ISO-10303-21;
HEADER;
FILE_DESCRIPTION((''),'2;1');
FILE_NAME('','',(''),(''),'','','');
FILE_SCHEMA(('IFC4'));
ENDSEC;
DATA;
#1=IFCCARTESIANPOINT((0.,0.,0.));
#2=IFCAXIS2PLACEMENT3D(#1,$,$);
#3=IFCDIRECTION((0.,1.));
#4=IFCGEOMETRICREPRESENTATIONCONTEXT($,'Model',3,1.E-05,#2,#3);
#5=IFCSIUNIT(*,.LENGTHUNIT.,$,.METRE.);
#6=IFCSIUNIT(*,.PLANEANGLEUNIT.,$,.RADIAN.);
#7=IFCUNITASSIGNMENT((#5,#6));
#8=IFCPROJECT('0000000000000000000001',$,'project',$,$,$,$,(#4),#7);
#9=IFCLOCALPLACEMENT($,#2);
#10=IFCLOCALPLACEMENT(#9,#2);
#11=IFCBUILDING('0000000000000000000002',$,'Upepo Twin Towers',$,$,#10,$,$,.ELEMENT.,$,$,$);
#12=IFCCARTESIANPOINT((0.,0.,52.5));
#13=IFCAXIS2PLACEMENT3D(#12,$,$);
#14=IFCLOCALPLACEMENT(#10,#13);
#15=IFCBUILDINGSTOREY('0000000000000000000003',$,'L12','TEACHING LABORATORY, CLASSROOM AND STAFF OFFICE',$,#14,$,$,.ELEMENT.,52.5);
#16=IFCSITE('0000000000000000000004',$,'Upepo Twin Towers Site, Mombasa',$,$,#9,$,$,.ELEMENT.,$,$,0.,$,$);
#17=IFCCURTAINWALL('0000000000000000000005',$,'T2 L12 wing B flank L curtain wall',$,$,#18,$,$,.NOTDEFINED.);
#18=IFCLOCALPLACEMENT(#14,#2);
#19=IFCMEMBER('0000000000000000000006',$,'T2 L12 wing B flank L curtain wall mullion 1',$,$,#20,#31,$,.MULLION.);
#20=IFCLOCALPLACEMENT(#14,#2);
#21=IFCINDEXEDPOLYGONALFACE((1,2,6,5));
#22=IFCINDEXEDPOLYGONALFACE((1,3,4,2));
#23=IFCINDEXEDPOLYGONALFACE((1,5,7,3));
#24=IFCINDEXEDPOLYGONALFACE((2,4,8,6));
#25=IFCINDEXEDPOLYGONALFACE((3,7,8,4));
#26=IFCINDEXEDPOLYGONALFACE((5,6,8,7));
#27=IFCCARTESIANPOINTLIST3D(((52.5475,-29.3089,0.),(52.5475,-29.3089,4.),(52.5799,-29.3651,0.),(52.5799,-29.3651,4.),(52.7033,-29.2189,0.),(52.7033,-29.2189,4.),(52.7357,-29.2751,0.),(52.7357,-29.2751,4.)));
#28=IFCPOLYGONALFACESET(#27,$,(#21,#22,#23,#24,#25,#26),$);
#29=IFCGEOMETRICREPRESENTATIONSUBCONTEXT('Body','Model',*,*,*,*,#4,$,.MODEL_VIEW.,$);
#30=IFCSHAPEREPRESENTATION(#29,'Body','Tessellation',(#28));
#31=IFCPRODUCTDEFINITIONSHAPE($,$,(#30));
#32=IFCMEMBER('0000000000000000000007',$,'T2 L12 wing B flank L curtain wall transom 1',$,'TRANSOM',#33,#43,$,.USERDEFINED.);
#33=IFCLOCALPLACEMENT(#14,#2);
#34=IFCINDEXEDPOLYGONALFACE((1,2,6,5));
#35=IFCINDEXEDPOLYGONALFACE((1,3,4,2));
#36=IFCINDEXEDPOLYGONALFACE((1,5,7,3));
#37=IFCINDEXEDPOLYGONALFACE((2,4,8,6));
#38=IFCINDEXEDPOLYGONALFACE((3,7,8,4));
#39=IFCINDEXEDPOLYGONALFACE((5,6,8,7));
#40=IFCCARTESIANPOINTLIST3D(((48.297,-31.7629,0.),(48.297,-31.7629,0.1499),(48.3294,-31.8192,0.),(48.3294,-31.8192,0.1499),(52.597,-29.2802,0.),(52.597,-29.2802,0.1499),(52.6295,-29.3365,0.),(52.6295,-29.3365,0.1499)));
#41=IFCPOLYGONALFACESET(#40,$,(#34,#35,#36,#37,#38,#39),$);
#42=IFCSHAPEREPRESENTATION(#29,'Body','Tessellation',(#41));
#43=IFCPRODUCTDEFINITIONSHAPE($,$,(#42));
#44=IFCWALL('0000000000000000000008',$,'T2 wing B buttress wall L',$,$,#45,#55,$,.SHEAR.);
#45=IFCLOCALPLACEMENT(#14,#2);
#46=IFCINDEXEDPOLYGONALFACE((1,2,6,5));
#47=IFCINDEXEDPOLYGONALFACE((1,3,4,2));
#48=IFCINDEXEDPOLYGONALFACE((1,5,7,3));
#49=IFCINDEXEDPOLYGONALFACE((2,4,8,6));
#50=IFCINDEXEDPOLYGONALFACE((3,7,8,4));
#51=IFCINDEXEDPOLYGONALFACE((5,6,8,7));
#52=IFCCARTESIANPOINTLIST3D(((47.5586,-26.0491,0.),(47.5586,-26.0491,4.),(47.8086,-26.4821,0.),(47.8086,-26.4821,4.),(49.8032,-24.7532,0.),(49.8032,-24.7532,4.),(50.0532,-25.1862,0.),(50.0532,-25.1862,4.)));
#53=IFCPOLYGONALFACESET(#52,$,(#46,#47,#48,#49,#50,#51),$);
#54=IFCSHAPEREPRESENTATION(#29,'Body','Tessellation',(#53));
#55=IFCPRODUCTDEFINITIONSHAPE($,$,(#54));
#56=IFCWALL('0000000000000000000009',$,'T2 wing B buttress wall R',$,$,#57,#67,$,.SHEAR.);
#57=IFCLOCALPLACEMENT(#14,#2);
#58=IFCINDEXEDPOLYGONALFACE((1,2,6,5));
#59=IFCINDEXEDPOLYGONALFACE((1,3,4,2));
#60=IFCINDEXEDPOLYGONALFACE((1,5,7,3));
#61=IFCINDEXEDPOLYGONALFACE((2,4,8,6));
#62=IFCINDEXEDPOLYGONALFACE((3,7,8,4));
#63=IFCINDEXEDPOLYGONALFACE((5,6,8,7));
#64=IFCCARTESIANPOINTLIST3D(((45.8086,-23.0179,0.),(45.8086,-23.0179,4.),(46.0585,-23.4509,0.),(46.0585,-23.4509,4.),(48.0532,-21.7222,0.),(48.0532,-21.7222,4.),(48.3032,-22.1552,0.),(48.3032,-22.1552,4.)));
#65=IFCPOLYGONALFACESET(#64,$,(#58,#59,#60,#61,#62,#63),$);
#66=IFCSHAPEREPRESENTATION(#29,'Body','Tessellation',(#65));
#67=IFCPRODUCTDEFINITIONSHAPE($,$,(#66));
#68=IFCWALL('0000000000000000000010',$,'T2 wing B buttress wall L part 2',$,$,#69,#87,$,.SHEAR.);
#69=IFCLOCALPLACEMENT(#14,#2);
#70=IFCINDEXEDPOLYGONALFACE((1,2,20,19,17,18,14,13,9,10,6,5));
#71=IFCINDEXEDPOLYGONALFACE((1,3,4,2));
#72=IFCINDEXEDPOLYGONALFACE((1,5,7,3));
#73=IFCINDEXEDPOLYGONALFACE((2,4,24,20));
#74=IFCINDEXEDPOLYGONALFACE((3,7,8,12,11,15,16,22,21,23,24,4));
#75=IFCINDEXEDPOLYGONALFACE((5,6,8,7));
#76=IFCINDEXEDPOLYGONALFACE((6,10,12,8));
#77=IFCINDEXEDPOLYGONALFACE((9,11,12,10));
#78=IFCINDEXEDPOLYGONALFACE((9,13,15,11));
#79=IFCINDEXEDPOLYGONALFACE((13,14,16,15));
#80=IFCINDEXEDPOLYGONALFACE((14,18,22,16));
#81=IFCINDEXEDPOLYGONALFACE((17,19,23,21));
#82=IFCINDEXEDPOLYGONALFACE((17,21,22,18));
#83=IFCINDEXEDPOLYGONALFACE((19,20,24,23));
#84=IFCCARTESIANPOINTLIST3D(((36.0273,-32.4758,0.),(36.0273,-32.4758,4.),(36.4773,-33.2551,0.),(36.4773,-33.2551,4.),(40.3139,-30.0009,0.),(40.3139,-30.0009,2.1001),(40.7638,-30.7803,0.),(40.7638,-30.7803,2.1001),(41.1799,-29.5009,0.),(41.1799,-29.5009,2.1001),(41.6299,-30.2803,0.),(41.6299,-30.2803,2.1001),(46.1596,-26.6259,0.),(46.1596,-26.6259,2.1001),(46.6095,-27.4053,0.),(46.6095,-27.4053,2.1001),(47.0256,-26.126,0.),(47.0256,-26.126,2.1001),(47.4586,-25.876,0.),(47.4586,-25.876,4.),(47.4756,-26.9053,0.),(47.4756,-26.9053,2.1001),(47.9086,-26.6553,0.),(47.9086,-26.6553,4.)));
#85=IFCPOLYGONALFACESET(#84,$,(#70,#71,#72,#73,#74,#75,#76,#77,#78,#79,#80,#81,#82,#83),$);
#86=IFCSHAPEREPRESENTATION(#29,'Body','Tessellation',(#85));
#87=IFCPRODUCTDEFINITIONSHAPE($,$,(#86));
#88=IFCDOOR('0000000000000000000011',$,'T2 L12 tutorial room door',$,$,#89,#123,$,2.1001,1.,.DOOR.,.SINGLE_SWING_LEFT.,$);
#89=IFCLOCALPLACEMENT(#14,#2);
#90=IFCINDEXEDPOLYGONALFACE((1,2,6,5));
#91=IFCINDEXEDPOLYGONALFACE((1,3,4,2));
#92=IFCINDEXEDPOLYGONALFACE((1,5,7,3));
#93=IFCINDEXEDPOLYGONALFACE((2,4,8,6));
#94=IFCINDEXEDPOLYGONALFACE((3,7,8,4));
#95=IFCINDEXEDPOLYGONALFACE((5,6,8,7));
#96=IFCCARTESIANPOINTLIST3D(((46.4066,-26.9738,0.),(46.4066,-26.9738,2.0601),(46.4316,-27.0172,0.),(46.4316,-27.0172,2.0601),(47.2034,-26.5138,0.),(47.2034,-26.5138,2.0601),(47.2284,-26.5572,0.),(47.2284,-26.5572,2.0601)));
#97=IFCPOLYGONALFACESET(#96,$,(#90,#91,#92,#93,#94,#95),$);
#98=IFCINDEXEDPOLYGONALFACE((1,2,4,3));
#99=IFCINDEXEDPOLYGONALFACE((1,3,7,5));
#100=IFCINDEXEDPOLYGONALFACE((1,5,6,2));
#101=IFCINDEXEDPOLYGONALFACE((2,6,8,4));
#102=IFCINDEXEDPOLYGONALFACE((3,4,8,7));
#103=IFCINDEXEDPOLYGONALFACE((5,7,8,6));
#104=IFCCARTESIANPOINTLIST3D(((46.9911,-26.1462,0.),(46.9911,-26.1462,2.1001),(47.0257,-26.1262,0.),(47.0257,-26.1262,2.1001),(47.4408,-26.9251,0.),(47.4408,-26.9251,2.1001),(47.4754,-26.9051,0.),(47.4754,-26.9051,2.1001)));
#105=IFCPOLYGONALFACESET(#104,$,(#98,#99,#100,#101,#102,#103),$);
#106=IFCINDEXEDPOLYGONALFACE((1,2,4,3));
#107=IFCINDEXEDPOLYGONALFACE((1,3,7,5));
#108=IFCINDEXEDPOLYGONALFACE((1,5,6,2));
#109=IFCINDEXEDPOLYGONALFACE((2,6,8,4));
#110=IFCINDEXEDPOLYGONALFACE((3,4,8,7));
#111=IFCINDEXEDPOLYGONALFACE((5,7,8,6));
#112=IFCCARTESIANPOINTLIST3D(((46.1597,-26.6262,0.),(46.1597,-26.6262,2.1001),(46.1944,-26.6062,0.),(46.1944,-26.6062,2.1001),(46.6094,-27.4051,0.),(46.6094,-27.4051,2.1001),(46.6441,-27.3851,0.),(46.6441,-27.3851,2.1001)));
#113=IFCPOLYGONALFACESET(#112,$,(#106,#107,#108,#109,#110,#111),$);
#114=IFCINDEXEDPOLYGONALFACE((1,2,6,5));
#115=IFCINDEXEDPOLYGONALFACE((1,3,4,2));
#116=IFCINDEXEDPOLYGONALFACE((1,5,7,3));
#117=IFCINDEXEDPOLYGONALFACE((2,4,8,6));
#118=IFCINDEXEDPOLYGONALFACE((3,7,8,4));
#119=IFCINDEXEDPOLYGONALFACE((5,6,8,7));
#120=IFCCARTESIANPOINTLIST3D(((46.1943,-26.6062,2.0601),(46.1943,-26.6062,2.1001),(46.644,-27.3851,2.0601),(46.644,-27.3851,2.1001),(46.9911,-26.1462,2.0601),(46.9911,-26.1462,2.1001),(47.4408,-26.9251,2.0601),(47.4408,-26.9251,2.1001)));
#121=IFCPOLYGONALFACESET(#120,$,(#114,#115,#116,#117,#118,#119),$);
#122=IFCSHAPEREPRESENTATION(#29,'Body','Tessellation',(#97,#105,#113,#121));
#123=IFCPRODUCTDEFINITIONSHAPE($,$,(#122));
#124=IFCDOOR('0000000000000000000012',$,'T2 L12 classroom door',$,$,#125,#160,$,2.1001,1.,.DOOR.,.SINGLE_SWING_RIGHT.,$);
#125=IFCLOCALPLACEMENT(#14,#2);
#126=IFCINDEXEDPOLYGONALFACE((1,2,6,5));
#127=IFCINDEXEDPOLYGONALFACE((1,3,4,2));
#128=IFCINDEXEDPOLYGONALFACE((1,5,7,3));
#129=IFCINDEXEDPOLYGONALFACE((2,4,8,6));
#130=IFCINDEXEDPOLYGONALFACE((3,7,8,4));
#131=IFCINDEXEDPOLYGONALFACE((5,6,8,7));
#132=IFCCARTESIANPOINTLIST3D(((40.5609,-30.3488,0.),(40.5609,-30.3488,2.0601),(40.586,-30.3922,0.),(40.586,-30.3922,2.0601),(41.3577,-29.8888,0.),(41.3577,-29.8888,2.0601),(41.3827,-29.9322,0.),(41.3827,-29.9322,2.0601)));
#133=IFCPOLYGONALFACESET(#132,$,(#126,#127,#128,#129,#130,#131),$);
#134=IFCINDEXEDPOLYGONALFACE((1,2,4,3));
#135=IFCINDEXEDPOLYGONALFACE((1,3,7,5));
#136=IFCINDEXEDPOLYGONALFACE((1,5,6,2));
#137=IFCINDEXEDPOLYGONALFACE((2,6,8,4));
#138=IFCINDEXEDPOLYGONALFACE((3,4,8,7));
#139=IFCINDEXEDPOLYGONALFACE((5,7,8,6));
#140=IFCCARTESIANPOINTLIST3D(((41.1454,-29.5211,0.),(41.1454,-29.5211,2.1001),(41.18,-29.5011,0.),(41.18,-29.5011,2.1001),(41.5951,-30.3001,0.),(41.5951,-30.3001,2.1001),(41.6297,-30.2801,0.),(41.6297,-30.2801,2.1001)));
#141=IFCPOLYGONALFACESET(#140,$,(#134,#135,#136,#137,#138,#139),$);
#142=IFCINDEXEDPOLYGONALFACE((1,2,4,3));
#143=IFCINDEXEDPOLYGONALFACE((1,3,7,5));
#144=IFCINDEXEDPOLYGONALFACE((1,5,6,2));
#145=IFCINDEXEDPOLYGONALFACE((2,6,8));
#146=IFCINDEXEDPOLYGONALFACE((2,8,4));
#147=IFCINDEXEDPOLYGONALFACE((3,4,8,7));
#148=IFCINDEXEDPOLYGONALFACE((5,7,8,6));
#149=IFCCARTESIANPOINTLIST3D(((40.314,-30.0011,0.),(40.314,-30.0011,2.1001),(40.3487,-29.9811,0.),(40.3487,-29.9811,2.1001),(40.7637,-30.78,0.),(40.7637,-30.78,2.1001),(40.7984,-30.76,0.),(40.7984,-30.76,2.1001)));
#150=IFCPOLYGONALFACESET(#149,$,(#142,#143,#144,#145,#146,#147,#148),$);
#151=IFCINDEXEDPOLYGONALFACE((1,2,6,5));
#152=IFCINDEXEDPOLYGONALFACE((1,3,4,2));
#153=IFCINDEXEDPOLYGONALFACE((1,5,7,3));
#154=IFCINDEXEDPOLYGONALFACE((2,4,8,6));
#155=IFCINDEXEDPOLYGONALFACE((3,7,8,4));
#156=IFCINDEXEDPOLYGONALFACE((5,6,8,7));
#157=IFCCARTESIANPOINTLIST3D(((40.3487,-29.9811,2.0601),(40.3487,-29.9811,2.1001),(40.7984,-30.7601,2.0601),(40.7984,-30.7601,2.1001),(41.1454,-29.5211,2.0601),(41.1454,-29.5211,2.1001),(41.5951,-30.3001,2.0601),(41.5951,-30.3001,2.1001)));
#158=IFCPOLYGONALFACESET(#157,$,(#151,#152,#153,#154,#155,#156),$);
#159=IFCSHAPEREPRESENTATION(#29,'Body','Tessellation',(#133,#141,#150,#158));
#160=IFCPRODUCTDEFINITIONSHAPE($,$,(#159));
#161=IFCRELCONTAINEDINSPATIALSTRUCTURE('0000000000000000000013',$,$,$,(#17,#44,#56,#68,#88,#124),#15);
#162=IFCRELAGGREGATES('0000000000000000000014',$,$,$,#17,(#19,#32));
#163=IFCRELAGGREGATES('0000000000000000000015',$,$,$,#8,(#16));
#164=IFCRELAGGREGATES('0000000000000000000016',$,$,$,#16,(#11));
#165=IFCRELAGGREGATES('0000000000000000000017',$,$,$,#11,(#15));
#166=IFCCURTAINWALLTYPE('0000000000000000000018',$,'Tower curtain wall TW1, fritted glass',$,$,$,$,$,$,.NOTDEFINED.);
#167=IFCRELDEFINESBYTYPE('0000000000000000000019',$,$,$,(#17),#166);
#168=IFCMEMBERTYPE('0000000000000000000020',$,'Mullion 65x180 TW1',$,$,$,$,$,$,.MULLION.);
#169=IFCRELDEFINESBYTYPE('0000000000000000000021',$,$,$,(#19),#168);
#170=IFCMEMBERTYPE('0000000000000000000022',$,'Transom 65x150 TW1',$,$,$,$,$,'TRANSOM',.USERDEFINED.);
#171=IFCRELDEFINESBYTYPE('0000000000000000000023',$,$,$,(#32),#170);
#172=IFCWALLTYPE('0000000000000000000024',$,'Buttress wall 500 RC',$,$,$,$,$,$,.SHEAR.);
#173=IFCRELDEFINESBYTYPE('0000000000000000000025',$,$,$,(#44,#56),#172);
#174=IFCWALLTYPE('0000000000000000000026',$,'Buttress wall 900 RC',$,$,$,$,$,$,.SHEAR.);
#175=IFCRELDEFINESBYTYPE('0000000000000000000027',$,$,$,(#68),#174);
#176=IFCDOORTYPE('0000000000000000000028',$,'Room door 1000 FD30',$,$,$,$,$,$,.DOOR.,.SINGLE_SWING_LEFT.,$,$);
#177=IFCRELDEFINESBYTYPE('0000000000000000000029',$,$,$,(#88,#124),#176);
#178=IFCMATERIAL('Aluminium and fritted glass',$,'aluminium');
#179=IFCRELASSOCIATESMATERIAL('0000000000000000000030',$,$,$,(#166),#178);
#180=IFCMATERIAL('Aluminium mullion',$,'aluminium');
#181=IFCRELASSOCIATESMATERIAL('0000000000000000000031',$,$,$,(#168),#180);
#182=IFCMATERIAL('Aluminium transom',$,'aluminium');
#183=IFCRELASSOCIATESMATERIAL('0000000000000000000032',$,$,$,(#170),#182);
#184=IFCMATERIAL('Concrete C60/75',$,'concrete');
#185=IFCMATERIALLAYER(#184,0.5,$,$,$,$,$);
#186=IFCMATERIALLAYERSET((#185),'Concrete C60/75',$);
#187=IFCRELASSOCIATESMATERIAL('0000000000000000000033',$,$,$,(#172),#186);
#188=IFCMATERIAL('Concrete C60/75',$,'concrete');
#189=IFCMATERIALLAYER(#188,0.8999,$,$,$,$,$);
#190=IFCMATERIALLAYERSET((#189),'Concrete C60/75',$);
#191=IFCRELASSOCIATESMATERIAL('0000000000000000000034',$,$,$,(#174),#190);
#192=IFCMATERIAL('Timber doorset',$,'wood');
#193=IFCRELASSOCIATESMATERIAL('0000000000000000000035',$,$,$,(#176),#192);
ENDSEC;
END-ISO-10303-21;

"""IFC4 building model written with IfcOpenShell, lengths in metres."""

from ifc_helpers import new_model, si_unit, direction, frame, frame_2d, origin, origin_2d, place, context, subcontext, project, spatial, rectangle, extrude, material, layer, layer_set, material_profile, profile_set, type_object, element, fill, aggregate, save


model = new_model("IFC4")

# Units and contexts
model_context = context("Model", 3, precision=1e-05, world=origin(), true_north=direction((0.0, 1.0)))
body_context = subcontext(model_context, "Body", "Model", "MODEL_VIEW")
ifc_project = project(units=[si_unit("LENGTHUNIT", "METRE"), si_unit("PLANEANGLEUNIT", "RADIAN")], contexts=[model_context])

# Site, building, storey
site_placement = place(None, origin())
site = spatial("IfcSite", under=ifc_project, at=site_placement, Name="Upepo Twin Towers Site, Mombasa", CompositionType="ELEMENT", RefElevation=0.0)
building_placement = place(site_placement, origin())
building = spatial("IfcBuilding", under=site, at=building_placement, Name="Upepo Twin Towers", CompositionType="ELEMENT")
storey_placement = place(building_placement, frame((0.0, 0.0, 52.5)))
storey = spatial("IfcBuildingStorey", under=building, at=storey_placement, Name="L12", Description="TEACHING LABORATORY, CLASSROOM AND STAFF OFFICE", CompositionType="ELEMENT", Elevation=52.5)

# Curtain wall, members
ifc_material_1 = material(Name="Aluminium and fritted glass", Category="aluminium")
curtain_wall_type = type_object("IfcCurtainWallType", Name="Tower curtain wall TW1, fritted glass", PredefinedType="NOTDEFINED", material=ifc_material_1)
curtain_wall_placement = place(storey_placement, origin())
curtain_wall = element("IfcCurtainWall", 1, at=curtain_wall_placement, inside=storey, type_object=curtain_wall_type, Name="T2 L12 wing B flank L curtain wall", PredefinedType="NOTDEFINED")
ifc_material_2 = material(Name="Aluminium mullion", Category="aluminium")
ifc_material_profile_1 = material_profile(ifc_material_2, rectangle(XDim=0.0649, YDim=0.1799, at=origin_2d()), Name="MULLION 65x180")
ifc_profile_set_1 = profile_set([ifc_material_profile_1], Name="Aluminium mullion")
member_type_1 = type_object("IfcMemberType", Name="Mullion 65x180 TW1", PredefinedType="MULLION", material=ifc_profile_set_1)
member_1_placement = place(storey_placement, frame((52.6416, -29.292, 0.0), z_axis=(0.0, 0.0, 1.0), x_axis=(0.5, -0.866025, 0.0)))
member_1 = element("IfcMember", 2, at=member_1_placement, type_object=member_type_1, Name="T2 L12 wing B flank L curtain wall mullion 1", PredefinedType="MULLION", context=body_context, shape_type="SweptSolid", body=[
    extrude(rectangle(XDim=0.0649, YDim=0.1799, at=origin_2d()), origin(), (0.0, 0.0, 1.0), 4.0),
])
ifc_material_3 = material(Name="Aluminium transom", Category="aluminium")
ifc_material_profile_2 = material_profile(ifc_material_3, rectangle(XDim=0.0649, YDim=0.1499, at=origin_2d()), Name="TRANSOM 65x150")
ifc_profile_set_2 = profile_set([ifc_material_profile_2], Name="Aluminium transom")
member_type_2 = type_object("IfcMemberType", Name="Transom 65x150 TW1", ElementType="TRANSOM", PredefinedType="USERDEFINED", material=ifc_profile_set_2)
member_2_placement = place(storey_placement, frame((52.6133, -29.3083, 0.075), z_axis=(-0.866023, -0.500005, 0.0), x_axis=(0.500005, -0.866023, 0.0)))
member_2 = element("IfcMember", 3, at=member_2_placement, type_object=member_type_2, Name="T2 L12 wing B flank L curtain wall transom 1", ObjectType="TRANSOM", PredefinedType="USERDEFINED", context=body_context, shape_type="SweptSolid", body=[
    extrude(rectangle(XDim=0.0649, YDim=0.1499, at=origin_2d()), origin(), (0.0, 0.0, 1.0), 4.9653),
])
aggregate(curtain_wall, [member_1, member_2])

# Walls
ifc_material_4 = material(Name="Concrete C60/75", Category="concrete")
ifc_layer_1 = layer(ifc_material_4, 0.5)
ifc_layer_set_1 = layer_set([ifc_layer_1], Name="Concrete C60/75")
wall_type_1 = type_object("IfcWallType", Name="Buttress wall 500 RC", PredefinedType="SHEAR", material=ifc_layer_set_1)
for number, where, z_axis, x_axis, name in (
    (4, (49.9282, -24.9697, 0.0), (0.0, 0.0, 1.0), (-0.866032, -0.499989, 0.0), "T2 wing B buttress wall L"),
    (5, (48.1782, -21.9387, 0.0), (0.0, 0.0, 1.0), (-0.866073, -0.499918, 0.0), "T2 wing B buttress wall R"),
):
    element("IfcWall", number, at=place(storey_placement, frame(where, z_axis=z_axis, x_axis=x_axis)), inside=storey, type_object=wall_type_1, Name=name, PredefinedType="SHEAR", context=body_context, shape_type="SweptSolid", body=[
        extrude(rectangle(XDim=2.5918, YDim=0.5, at=frame_2d((1.2959, 0.0))), origin(), (0.0, 0.0, 1.0), 4.0),
    ])

# Wall, openings, doors
ifc_material_5 = material(Name="Concrete C60/75", Category="concrete")
ifc_layer_2 = layer(ifc_material_5, 0.8999)
ifc_layer_set_2 = layer_set([ifc_layer_2], Name="Concrete C60/75")
wall_type_2 = type_object("IfcWallType", Name="Buttress wall 900 RC", PredefinedType="SHEAR", material=ifc_layer_set_2)
wall_1_placement = place(storey_placement, frame((47.6836, -26.2656, 0.0), z_axis=(0.0, 0.0, 1.0), x_axis=(-0.866028, -0.499996, 0.0)))
wall_1 = element("IfcWall", 6, at=wall_1_placement, inside=storey, type_object=wall_type_2, Name="T2 wing B buttress wall L part 2", PredefinedType="SHEAR", context=body_context, shape_type="SweptSolid", body=[
    extrude(rectangle(XDim=13.1997, YDim=0.8999, at=frame_2d((6.5999, 0.0))), origin(), (0.0, 0.0, 1.0), 4.0),
])
opening_1_placement = place(wall_1_placement, frame((0.5, 0.0, 0.0)))
opening_1 = element("IfcOpeningElement", 7, at=opening_1_placement, cuts=wall_1, PredefinedType="OPENING", context=body_context, shape_type="SweptSolid", body=[
    extrude(rectangle(XDim=1.0, YDim=2.1001, at=frame_2d((0.5, 1.05))), frame((0.0, 0.46, 0.0), z_axis=(0.0, -1.0, 0.0), x_axis=(1.0, 0.0, 0.0)), (0.0, 0.0, 1.0), 0.9199),
])
opening_2_placement = place(wall_1_placement, frame((7.25, 0.0, 0.0)))
opening_2 = element("IfcOpeningElement", 8, at=opening_2_placement, cuts=wall_1, PredefinedType="OPENING", context=body_context, shape_type="SweptSolid", body=[
    extrude(rectangle(XDim=1.0, YDim=2.1001, at=frame_2d((0.5, 1.05))), frame((0.0, 0.46, 0.0), z_axis=(0.0, -1.0, 0.0), x_axis=(1.0, 0.0, 0.0)), (0.0, 0.0, 1.0), 0.9199),
])
ifc_material_6 = material(Name="Timber doorset", Category="wood")
door_type_1 = type_object("IfcDoorType", Name="Room door 1000 FD30", OperationType="SINGLE_SWING_LEFT", PredefinedType="DOOR", material=ifc_material_6)
door_1_placement = place(opening_1_placement, origin())
door_1 = element("IfcDoor", 9, at=door_1_placement, inside=storey, type_object=door_type_1, Name="T2 L12 tutorial room door", OperationType="SINGLE_SWING_LEFT", OverallHeight=2.1001, OverallWidth=1.0, PredefinedType="DOOR", context=body_context, shape_type="SweptSolid", body=[
    extrude(rectangle(XDim=0.92, YDim=2.0601, at=frame_2d((0.5, 1.03))), frame((0.0, 0.0249, 0.0), z_axis=(0.0, -1.0, 0.0), x_axis=(1.0, 0.0, 0.0)), (0.0, 0.0, 1.0), 0.05),
    extrude(rectangle(XDim=0.04, YDim=2.1001, at=frame_2d((0.02, 1.05))), frame((0.0, 0.4497, 0.0), z_axis=(0.0, -1.0, 0.0), x_axis=(1.0, 0.0, 0.0)), (0.0, 0.0, 1.0), 0.8994),
    extrude(rectangle(XDim=0.04, YDim=2.1001, at=frame_2d((0.98, 1.05))), frame((0.0, 0.4497, 0.0), z_axis=(0.0, -1.0, 0.0), x_axis=(1.0, 0.0, 0.0)), (0.0, 0.0, 1.0), 0.8994),
    extrude(rectangle(XDim=0.92, YDim=0.04, at=frame_2d((0.5, 2.0801))), frame((0.0, 0.4497, 0.0), z_axis=(0.0, -1.0, 0.0), x_axis=(1.0, 0.0, 0.0)), (0.0, 0.0, 1.0), 0.8994),
])
fill(opening_1, door_1)
door_2_placement = place(opening_2_placement, origin())
door_2 = element("IfcDoor", 10, at=door_2_placement, inside=storey, type_object=door_type_1, Name="T2 L12 classroom door", OperationType="SINGLE_SWING_RIGHT", OverallHeight=2.1001, OverallWidth=1.0, PredefinedType="DOOR", context=body_context, shape_type="SweptSolid", body=[
    extrude(rectangle(XDim=0.92, YDim=2.0601, at=frame_2d((0.5, 1.03))), frame((0.0, 0.0249, 0.0), z_axis=(0.0, -1.0, 0.0), x_axis=(1.0, 0.0, 0.0)), (0.0, 0.0, 1.0), 0.05),
    extrude(rectangle(XDim=0.04, YDim=2.1001, at=frame_2d((0.02, 1.05))), frame((0.0, 0.4497, 0.0), z_axis=(0.0, -1.0, 0.0), x_axis=(1.0, 0.0, 0.0)), (0.0, 0.0, 1.0), 0.8994),
    extrude(rectangle(XDim=0.04, YDim=2.1001, at=frame_2d((0.98, 1.05))), frame((0.0, 0.4497, 0.0), z_axis=(0.0, -1.0, 0.0), x_axis=(1.0, 0.0, 0.0)), (0.0, 0.0, 1.0), 0.8994),
    extrude(rectangle(XDim=0.92, YDim=0.04, at=frame_2d((0.5, 2.0801))), frame((0.0, 0.4497, 0.0), z_axis=(0.0, -1.0, 0.0), x_axis=(1.0, 0.0, 0.0)), (0.0, 0.0, 1.0), 0.8994),
])
fill(opening_2, door_2)

save(model, "model.ifc")
